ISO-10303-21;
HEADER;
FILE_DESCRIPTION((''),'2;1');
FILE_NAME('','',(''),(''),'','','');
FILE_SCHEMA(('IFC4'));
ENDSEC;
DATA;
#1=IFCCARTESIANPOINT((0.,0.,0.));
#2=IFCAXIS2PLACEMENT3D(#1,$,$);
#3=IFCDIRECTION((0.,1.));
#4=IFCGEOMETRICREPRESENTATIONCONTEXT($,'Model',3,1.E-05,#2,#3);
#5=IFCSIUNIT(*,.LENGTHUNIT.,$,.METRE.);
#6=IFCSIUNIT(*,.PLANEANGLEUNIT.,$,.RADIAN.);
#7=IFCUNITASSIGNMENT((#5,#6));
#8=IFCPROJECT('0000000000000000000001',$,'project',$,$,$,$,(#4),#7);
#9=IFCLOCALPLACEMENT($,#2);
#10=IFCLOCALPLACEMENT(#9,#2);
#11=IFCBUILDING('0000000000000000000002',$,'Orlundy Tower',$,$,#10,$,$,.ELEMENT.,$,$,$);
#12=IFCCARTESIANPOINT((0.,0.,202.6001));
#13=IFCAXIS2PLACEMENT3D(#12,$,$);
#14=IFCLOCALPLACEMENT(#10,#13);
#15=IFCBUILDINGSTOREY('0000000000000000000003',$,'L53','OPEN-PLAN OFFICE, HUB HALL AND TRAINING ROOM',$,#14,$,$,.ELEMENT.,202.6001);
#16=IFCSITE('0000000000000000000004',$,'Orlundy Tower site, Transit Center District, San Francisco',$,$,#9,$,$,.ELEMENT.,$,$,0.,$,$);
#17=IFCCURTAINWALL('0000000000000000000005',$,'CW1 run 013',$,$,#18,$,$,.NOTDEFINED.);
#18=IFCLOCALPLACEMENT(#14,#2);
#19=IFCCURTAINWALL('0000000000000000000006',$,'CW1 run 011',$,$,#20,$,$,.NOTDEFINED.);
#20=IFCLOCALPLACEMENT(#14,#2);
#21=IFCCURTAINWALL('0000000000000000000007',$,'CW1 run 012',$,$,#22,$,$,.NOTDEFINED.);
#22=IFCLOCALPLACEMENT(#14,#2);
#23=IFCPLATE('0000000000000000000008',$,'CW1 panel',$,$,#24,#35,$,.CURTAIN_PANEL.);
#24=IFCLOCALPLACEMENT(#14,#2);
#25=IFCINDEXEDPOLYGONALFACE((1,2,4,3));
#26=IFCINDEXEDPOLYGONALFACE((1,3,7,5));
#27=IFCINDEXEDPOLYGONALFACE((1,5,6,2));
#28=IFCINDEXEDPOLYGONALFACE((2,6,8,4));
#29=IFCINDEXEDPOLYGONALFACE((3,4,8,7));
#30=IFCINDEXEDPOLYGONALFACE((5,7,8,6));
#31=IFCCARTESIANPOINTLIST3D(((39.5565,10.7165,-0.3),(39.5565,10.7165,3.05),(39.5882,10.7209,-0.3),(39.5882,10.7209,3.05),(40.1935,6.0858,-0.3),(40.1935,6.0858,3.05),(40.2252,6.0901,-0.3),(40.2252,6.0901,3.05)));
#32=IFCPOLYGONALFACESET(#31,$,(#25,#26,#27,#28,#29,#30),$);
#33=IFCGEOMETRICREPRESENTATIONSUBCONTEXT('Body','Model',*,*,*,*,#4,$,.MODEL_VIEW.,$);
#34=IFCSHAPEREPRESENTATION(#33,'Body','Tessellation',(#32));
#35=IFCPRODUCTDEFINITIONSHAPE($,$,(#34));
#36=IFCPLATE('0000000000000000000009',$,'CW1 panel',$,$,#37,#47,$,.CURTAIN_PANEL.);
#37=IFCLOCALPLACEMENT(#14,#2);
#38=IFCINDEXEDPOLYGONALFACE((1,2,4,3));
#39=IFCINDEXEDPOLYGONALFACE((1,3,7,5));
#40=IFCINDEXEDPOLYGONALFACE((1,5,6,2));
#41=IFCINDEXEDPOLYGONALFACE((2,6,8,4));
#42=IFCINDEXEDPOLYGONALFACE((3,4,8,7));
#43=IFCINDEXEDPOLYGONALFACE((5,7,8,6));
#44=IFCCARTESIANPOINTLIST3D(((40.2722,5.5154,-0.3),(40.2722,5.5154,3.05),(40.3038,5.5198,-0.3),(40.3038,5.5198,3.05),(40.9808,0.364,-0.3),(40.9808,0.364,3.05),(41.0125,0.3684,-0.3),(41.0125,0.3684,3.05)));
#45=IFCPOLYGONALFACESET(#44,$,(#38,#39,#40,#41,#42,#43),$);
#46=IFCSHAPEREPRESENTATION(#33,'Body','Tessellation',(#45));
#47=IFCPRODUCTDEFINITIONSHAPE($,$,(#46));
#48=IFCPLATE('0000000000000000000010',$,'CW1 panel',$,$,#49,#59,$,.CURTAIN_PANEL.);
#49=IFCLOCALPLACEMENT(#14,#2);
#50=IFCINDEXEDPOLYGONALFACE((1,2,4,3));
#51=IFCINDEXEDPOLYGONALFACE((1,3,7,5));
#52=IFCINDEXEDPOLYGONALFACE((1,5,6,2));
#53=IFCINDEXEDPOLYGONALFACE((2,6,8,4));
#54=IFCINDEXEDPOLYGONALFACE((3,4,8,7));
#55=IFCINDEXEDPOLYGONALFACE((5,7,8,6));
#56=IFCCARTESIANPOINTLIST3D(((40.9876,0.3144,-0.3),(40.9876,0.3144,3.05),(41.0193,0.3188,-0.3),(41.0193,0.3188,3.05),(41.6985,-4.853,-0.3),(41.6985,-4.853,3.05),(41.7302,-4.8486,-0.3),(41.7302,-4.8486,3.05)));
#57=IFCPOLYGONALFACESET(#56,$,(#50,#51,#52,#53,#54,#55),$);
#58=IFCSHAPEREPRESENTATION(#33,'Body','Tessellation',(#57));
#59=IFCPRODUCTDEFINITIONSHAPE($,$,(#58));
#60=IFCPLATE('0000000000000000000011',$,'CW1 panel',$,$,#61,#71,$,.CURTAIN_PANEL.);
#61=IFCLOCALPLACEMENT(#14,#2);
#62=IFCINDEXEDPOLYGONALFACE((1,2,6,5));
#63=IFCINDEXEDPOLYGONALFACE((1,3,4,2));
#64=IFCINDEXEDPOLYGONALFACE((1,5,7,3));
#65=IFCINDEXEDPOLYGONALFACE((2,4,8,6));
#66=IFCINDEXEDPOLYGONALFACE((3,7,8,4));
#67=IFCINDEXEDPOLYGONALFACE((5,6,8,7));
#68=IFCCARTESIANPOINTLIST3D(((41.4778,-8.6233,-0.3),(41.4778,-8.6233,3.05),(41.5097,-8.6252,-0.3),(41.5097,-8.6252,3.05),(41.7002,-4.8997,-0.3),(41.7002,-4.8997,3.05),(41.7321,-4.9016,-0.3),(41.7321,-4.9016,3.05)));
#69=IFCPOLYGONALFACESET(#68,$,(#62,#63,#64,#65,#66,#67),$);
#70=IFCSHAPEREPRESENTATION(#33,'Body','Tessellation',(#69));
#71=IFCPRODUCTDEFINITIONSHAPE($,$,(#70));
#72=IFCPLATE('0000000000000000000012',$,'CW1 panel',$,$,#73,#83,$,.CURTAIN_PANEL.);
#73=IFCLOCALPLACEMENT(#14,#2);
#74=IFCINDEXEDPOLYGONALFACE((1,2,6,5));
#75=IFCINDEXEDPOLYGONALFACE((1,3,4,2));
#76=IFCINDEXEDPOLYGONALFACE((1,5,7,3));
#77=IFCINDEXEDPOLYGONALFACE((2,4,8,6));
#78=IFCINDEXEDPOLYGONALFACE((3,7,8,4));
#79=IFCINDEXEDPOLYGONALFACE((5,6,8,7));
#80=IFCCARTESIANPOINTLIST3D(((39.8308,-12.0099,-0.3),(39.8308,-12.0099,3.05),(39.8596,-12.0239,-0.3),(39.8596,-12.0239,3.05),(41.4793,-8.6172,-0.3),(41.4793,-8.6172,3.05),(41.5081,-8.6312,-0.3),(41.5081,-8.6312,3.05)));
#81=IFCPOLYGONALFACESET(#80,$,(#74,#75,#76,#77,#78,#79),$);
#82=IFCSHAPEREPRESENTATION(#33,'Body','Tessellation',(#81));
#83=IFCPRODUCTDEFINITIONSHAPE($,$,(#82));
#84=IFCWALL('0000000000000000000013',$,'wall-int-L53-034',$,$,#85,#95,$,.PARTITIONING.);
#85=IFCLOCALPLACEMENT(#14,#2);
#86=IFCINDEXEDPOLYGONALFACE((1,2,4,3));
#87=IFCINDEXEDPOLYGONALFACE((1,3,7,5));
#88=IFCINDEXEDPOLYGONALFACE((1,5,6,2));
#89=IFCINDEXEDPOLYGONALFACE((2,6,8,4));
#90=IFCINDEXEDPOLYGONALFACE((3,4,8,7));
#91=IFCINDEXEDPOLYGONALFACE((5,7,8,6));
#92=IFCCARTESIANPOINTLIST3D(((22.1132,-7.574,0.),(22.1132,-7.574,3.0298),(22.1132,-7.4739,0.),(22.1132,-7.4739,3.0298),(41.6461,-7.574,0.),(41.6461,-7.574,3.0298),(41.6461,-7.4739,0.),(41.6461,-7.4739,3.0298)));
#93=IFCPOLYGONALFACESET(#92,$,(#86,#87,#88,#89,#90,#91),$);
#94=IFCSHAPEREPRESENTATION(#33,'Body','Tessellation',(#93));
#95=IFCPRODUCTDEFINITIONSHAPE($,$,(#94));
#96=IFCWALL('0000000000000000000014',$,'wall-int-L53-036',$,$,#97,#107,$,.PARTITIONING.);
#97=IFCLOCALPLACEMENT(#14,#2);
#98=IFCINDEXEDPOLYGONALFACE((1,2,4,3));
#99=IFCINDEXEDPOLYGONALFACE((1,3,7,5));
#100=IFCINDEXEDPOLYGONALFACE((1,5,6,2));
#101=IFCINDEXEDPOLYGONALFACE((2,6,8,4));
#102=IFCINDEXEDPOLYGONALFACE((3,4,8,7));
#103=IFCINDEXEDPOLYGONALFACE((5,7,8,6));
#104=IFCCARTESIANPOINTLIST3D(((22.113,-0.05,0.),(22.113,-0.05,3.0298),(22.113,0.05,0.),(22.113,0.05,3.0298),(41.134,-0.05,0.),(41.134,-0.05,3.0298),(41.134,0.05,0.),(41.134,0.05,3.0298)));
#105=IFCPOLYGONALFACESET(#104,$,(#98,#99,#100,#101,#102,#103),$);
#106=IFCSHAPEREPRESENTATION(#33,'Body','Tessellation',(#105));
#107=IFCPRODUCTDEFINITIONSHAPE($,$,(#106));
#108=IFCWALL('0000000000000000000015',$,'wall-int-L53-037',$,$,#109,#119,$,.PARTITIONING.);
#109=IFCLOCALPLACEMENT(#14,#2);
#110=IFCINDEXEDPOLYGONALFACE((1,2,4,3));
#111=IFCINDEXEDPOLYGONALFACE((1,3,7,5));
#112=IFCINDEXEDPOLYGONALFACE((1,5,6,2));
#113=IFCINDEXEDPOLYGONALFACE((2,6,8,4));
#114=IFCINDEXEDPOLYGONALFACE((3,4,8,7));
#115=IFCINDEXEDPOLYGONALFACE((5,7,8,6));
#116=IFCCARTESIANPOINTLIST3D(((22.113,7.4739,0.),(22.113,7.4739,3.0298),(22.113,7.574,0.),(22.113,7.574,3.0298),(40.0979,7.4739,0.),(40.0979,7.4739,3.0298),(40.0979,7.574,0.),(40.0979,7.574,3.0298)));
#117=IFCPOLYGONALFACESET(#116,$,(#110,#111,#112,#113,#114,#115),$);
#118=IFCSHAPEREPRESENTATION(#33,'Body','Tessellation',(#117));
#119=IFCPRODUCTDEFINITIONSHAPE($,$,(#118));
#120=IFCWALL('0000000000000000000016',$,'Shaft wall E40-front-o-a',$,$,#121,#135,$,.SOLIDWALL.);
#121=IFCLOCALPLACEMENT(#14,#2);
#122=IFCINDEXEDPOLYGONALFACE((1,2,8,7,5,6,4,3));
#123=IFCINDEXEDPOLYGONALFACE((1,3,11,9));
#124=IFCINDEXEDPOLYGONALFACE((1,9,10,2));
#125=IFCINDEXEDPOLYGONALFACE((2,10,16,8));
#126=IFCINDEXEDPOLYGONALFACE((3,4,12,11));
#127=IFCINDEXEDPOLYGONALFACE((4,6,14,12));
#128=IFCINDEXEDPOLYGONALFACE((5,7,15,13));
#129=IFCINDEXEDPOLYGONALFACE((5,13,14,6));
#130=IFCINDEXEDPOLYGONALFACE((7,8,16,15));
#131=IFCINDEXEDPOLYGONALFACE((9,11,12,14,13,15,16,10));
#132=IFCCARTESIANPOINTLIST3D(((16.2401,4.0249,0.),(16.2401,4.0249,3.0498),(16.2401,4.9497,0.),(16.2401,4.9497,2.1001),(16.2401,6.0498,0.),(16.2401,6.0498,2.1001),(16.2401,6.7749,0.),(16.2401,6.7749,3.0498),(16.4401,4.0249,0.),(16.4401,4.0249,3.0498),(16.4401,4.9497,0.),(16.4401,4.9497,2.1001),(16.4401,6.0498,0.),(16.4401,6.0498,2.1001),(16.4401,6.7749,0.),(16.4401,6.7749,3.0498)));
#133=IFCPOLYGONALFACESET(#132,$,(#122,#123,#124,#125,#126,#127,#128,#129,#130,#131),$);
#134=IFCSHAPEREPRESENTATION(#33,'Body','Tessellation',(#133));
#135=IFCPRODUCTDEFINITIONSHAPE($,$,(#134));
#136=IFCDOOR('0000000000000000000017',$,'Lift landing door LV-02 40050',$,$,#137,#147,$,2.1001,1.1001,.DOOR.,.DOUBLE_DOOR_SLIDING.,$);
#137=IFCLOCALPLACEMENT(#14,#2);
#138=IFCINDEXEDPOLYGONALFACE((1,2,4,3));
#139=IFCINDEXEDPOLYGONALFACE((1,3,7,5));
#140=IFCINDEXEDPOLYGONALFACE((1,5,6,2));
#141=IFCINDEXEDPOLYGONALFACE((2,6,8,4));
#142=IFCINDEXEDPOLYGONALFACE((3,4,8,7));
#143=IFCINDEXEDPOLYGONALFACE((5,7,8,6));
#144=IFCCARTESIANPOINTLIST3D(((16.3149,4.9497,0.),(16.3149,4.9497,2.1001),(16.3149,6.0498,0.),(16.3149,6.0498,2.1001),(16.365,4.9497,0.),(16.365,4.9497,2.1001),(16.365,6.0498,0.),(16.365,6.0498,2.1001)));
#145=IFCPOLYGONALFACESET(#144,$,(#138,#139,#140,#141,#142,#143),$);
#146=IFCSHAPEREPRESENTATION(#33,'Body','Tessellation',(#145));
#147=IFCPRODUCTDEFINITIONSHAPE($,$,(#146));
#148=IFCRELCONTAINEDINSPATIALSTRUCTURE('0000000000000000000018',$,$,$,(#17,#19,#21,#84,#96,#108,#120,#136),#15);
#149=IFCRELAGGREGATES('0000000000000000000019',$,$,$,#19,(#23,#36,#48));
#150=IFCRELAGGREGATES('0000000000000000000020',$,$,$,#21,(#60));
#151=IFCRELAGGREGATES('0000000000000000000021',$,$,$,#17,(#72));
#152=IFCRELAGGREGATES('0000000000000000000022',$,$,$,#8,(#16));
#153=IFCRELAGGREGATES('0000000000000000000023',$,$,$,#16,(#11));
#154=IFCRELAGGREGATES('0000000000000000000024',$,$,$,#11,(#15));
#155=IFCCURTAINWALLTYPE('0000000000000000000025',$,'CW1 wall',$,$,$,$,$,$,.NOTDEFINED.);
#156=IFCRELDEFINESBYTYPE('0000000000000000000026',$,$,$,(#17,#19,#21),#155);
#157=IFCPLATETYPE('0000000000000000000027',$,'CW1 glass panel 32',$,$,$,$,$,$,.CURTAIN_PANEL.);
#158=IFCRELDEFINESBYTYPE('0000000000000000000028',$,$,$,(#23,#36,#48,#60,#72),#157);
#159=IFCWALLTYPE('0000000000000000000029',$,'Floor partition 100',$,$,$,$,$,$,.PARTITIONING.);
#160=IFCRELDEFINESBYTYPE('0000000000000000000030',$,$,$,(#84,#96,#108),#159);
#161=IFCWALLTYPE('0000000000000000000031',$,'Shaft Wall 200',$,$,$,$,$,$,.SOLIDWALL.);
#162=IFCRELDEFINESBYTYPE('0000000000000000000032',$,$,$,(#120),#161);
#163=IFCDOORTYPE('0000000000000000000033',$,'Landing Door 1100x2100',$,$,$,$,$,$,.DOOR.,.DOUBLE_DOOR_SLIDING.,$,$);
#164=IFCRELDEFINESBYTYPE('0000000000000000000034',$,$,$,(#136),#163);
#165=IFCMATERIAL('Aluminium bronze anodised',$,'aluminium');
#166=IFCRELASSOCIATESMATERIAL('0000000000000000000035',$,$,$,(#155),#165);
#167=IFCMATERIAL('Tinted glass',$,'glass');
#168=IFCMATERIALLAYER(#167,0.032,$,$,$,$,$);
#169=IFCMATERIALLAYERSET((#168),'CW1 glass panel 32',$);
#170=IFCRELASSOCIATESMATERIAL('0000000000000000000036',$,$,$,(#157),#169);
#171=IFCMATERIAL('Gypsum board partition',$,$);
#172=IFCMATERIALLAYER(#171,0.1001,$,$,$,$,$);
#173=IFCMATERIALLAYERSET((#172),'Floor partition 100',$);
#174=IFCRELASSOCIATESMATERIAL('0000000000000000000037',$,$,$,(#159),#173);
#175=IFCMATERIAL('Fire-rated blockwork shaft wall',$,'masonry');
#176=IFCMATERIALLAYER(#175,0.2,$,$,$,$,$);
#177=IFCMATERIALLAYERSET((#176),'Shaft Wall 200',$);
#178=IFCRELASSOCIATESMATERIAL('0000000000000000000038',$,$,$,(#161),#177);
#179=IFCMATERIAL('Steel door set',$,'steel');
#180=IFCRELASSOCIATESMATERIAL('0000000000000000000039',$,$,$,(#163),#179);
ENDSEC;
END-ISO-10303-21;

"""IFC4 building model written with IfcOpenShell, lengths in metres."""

from ifc_helpers import new_model, si_unit, direction, frame, frame_2d, origin, origin_2d, place, context, subcontext, project, spatial, rectangle, extrude, material, layer, layer_set, type_object, element, fill, aggregate, save


model = new_model("IFC4")

# Units and contexts
model_context = context("Model", 3, precision=1e-05, world=origin(), true_north=direction((0.0, 1.0)))
body_context = subcontext(model_context, "Body", "Model", "MODEL_VIEW")
ifc_project = project(units=[si_unit("LENGTHUNIT", "METRE"), si_unit("PLANEANGLEUNIT", "RADIAN")], contexts=[model_context])

# Site, building, storey
site_placement = place(None, origin())
site = spatial("IfcSite", under=ifc_project, at=site_placement, Name="Orlundy Tower site, Transit Center District, San Francisco", CompositionType="ELEMENT", RefElevation=0.0)
building_placement = place(site_placement, origin())
building = spatial("IfcBuilding", under=site, at=building_placement, Name="Orlundy Tower", CompositionType="ELEMENT")
storey_placement = place(building_placement, frame((0.0, 0.0, 202.6001)))
storey = spatial("IfcBuildingStorey", under=building, at=storey_placement, Name="L53", Description="OPEN-PLAN OFFICE, HUB HALL AND TRAINING ROOM", CompositionType="ELEMENT", Elevation=202.6001)

# Curtain wall
ifc_material_1 = material(Name="Aluminium bronze anodised", Category="aluminium")
curtain_wall_type = type_object("IfcCurtainWallType", Name="CW1 wall", PredefinedType="NOTDEFINED", material=ifc_material_1)
curtain_wall_1_placement = place(storey_placement, origin())
curtain_wall_1 = element("IfcCurtainWall", 1, at=curtain_wall_1_placement, inside=storey, type_object=curtain_wall_type, Name="CW1 run 013", PredefinedType="NOTDEFINED")

# Curtain wall
curtain_wall_2_placement = place(storey_placement, origin())
curtain_wall_2 = element("IfcCurtainWall", 2, at=curtain_wall_2_placement, inside=storey, type_object=curtain_wall_type, Name="CW1 run 011", PredefinedType="NOTDEFINED")

# Curtain wall
curtain_wall_3_placement = place(storey_placement, origin())
curtain_wall_3 = element("IfcCurtainWall", 3, at=curtain_wall_3_placement, inside=storey, type_object=curtain_wall_type, Name="CW1 run 012", PredefinedType="NOTDEFINED")

# Plates
ifc_material_2 = material(Name="Tinted glass", Category="glass")
ifc_layer_1 = layer(ifc_material_2, 0.032)
ifc_layer_set_1 = layer_set([ifc_layer_1], Name="CW1 glass panel 32")
plate_type = type_object("IfcPlateType", Name="CW1 glass panel 32", PredefinedType="CURTAIN_PANEL", material=ifc_layer_set_1)
plate_1_placement = place(storey_placement, frame((39.8909, 8.4033, -0.3), z_axis=(0.0, 0.0, 1.0), x_axis=(0.136286, -0.99067, 0.0)))
plate_1 = element("IfcPlate", 4, at=plate_1_placement, type_object=plate_type, Name="CW1 panel", PredefinedType="CURTAIN_PANEL", context=body_context, shape_type="SweptSolid", body=[
    extrude(rectangle(XDim=4.6743, YDim=0.032, at=origin_2d()), origin(), (0.0, 0.0, 1.0), 3.3501),
])
plate_2_placement = place(storey_placement, frame((40.6423, 2.9419, -0.3), z_axis=(0.0, 0.0, 1.0), x_axis=(0.136286, -0.99067, 0.0)))
plate_2 = element("IfcPlate", 5, at=plate_2_placement, type_object=plate_type, Name="CW1 panel", PredefinedType="CURTAIN_PANEL", context=body_context, shape_type="SweptSolid", body=[
    extrude(rectangle(XDim=5.2, YDim=0.032, at=origin_2d()), origin(), (0.0, 0.0, 1.0), 3.3501),
])
plate_3_placement = place(storey_placement, frame((41.3589, -2.2671, -0.3), z_axis=(0.0, 0.0, 1.0), x_axis=(0.136286, -0.99067, 0.0)))
plate_3 = element("IfcPlate", 6, at=plate_3_placement, type_object=plate_type, Name="CW1 panel", PredefinedType="CURTAIN_PANEL", context=body_context, shape_type="SweptSolid", body=[
    extrude(rectangle(XDim=5.2161, YDim=0.032, at=origin_2d()), origin(), (0.0, 0.0, 1.0), 3.3501),
])
aggregate(curtain_wall_2, [plate_1, plate_2, plate_3])
plate_4_placement = place(storey_placement, frame((41.605, -6.7625, -0.3), z_axis=(0.0, 0.0, 1.0), x_axis=(-0.059623, -0.998221, 0.0)))
plate_4 = element("IfcPlate", 7, at=plate_4_placement, type_object=plate_type, Name="CW1 panel", PredefinedType="CURTAIN_PANEL", context=body_context, shape_type="SweptSolid", body=[
    extrude(rectangle(XDim=3.7302, YDim=0.032, at=origin_2d()), origin(), (0.0, 0.0, 1.0), 3.3501),
])
aggregate(curtain_wall_3, [plate_4])
plate_5_placement = place(storey_placement, frame((40.6694, -10.3206, -0.3), z_axis=(0.0, 0.0, 1.0), x_axis=(-0.437041, -0.899442, 0.0)))
plate_5 = element("IfcPlate", 8, at=plate_5_placement, type_object=plate_type, Name="CW1 panel", PredefinedType="CURTAIN_PANEL", context=body_context, shape_type="SweptSolid", body=[
    extrude(rectangle(XDim=3.772, YDim=0.032, at=origin_2d()), origin(), (0.0, 0.0, 1.0), 3.3501),
])
aggregate(curtain_wall_1, [plate_5])

# Walls
ifc_material_3 = material(Name="Gypsum board partition")
ifc_layer_2 = layer(ifc_material_3, 0.1001)
ifc_layer_set_2 = layer_set([ifc_layer_2], Name="Floor partition 100")
wall_type_1 = type_object("IfcWallType", Name="Floor partition 100", PredefinedType="PARTITIONING", material=ifc_layer_set_2)
wall_1_placement = place(storey_placement, frame((22.113, -7.5239, 0.0), z_axis=(0.0, 0.0, 1.0), x_axis=(1.0, 0.0, 0.0)))
element("IfcWall", 9, at=wall_1_placement, inside=storey, type_object=wall_type_1, Name="wall-int-L53-034", PredefinedType="PARTITIONING", context=body_context, shape_type="SweptSolid", body=[
    extrude(rectangle(XDim=19.533, YDim=0.1001, at=frame_2d((9.7666, 0.0))), origin(), (0.0, 0.0, 1.0), 3.0298),
])
wall_2_placement = place(storey_placement, frame((22.113, 0.0, 0.0), z_axis=(0.0, 0.0, 1.0), x_axis=(1.0, 0.0, 0.0)))
element("IfcWall", 10, at=wall_2_placement, inside=storey, type_object=wall_type_1, Name="wall-int-L53-036", PredefinedType="PARTITIONING", context=body_context, shape_type="SweptSolid", body=[
    extrude(rectangle(XDim=19.021, YDim=0.1001, at=frame_2d((9.5105, 0.0))), origin(), (0.0, 0.0, 1.0), 3.0298),
])
wall_3_placement = place(storey_placement, frame((22.113, 7.5239, 0.0), z_axis=(0.0, 0.0, 1.0), x_axis=(1.0, 0.0, 0.0)))
element("IfcWall", 11, at=wall_3_placement, inside=storey, type_object=wall_type_1, Name="wall-int-L53-037", PredefinedType="PARTITIONING", context=body_context, shape_type="SweptSolid", body=[
    extrude(rectangle(XDim=17.9849, YDim=0.1001, at=frame_2d((8.9924, 0.0))), origin(), (0.0, 0.0, 1.0), 3.0298),
])

# Wall, opening, door
ifc_material_4 = material(Name="Fire-rated blockwork shaft wall", Category="masonry")
ifc_layer_3 = layer(ifc_material_4, 0.2)
ifc_layer_set_3 = layer_set([ifc_layer_3], Name="Shaft Wall 200")
wall_type_2 = type_object("IfcWallType", Name="Shaft Wall 200", PredefinedType="SOLIDWALL", material=ifc_layer_set_3)
wall_4_placement = place(storey_placement, frame((16.3401, 6.7749, 0.0), z_axis=(0.0, 0.0, 1.0), x_axis=(0.0, -1.0, 0.0)))
wall_4 = element("IfcWall", 12, at=wall_4_placement, inside=storey, type_object=wall_type_2, Name="Shaft wall E40-front-o-a", PredefinedType="SOLIDWALL", context=body_context, shape_type="SweptSolid", body=[
    extrude(rectangle(XDim=2.75, YDim=0.2, at=frame_2d((1.375, 0.0))), origin(), (0.0, 0.0, 1.0), 3.0498),
])
opening_1_placement = place(wall_4_placement, frame((0.7251, 0.0, 0.0)))
opening_1 = element("IfcOpeningElement", 13, at=opening_1_placement, cuts=wall_4, PredefinedType="OPENING", context=body_context, shape_type="SweptSolid", body=[
    extrude(rectangle(XDim=1.1001, YDim=2.1001, at=frame_2d((0.55, 1.05))), frame((0.0, 0.1101, 0.0), z_axis=(0.0, -1.0, 0.0), x_axis=(1.0, 0.0, 0.0)), (0.0, 0.0, 1.0), 0.2202),
])
ifc_material_5 = material(Name="Steel door set", Category="steel")
door_type = type_object("IfcDoorType", Name="Landing Door 1100x2100", OperationType="DOUBLE_DOOR_SLIDING", PredefinedType="DOOR", material=ifc_material_5)
door_1_placement = place(opening_1_placement, origin())
door_1 = element("IfcDoor", 14, at=door_1_placement, inside=storey, type_object=door_type, Name="Lift landing door LV-02 40050", OperationType="DOUBLE_DOOR_SLIDING", OverallHeight=2.1001, OverallWidth=1.1001, PredefinedType="DOOR", context=body_context, shape_type="SweptSolid", body=[
    extrude(rectangle(XDim=1.1001, YDim=2.1001, at=frame_2d((0.55, 1.05))), frame((0.0, 0.0249, 0.0), z_axis=(0.0, -1.0, 0.0), x_axis=(1.0, 0.0, 0.0)), (0.0, 0.0, 1.0), 0.05),
])
fill(opening_1, door_1)

save(model, "model.ifc")
